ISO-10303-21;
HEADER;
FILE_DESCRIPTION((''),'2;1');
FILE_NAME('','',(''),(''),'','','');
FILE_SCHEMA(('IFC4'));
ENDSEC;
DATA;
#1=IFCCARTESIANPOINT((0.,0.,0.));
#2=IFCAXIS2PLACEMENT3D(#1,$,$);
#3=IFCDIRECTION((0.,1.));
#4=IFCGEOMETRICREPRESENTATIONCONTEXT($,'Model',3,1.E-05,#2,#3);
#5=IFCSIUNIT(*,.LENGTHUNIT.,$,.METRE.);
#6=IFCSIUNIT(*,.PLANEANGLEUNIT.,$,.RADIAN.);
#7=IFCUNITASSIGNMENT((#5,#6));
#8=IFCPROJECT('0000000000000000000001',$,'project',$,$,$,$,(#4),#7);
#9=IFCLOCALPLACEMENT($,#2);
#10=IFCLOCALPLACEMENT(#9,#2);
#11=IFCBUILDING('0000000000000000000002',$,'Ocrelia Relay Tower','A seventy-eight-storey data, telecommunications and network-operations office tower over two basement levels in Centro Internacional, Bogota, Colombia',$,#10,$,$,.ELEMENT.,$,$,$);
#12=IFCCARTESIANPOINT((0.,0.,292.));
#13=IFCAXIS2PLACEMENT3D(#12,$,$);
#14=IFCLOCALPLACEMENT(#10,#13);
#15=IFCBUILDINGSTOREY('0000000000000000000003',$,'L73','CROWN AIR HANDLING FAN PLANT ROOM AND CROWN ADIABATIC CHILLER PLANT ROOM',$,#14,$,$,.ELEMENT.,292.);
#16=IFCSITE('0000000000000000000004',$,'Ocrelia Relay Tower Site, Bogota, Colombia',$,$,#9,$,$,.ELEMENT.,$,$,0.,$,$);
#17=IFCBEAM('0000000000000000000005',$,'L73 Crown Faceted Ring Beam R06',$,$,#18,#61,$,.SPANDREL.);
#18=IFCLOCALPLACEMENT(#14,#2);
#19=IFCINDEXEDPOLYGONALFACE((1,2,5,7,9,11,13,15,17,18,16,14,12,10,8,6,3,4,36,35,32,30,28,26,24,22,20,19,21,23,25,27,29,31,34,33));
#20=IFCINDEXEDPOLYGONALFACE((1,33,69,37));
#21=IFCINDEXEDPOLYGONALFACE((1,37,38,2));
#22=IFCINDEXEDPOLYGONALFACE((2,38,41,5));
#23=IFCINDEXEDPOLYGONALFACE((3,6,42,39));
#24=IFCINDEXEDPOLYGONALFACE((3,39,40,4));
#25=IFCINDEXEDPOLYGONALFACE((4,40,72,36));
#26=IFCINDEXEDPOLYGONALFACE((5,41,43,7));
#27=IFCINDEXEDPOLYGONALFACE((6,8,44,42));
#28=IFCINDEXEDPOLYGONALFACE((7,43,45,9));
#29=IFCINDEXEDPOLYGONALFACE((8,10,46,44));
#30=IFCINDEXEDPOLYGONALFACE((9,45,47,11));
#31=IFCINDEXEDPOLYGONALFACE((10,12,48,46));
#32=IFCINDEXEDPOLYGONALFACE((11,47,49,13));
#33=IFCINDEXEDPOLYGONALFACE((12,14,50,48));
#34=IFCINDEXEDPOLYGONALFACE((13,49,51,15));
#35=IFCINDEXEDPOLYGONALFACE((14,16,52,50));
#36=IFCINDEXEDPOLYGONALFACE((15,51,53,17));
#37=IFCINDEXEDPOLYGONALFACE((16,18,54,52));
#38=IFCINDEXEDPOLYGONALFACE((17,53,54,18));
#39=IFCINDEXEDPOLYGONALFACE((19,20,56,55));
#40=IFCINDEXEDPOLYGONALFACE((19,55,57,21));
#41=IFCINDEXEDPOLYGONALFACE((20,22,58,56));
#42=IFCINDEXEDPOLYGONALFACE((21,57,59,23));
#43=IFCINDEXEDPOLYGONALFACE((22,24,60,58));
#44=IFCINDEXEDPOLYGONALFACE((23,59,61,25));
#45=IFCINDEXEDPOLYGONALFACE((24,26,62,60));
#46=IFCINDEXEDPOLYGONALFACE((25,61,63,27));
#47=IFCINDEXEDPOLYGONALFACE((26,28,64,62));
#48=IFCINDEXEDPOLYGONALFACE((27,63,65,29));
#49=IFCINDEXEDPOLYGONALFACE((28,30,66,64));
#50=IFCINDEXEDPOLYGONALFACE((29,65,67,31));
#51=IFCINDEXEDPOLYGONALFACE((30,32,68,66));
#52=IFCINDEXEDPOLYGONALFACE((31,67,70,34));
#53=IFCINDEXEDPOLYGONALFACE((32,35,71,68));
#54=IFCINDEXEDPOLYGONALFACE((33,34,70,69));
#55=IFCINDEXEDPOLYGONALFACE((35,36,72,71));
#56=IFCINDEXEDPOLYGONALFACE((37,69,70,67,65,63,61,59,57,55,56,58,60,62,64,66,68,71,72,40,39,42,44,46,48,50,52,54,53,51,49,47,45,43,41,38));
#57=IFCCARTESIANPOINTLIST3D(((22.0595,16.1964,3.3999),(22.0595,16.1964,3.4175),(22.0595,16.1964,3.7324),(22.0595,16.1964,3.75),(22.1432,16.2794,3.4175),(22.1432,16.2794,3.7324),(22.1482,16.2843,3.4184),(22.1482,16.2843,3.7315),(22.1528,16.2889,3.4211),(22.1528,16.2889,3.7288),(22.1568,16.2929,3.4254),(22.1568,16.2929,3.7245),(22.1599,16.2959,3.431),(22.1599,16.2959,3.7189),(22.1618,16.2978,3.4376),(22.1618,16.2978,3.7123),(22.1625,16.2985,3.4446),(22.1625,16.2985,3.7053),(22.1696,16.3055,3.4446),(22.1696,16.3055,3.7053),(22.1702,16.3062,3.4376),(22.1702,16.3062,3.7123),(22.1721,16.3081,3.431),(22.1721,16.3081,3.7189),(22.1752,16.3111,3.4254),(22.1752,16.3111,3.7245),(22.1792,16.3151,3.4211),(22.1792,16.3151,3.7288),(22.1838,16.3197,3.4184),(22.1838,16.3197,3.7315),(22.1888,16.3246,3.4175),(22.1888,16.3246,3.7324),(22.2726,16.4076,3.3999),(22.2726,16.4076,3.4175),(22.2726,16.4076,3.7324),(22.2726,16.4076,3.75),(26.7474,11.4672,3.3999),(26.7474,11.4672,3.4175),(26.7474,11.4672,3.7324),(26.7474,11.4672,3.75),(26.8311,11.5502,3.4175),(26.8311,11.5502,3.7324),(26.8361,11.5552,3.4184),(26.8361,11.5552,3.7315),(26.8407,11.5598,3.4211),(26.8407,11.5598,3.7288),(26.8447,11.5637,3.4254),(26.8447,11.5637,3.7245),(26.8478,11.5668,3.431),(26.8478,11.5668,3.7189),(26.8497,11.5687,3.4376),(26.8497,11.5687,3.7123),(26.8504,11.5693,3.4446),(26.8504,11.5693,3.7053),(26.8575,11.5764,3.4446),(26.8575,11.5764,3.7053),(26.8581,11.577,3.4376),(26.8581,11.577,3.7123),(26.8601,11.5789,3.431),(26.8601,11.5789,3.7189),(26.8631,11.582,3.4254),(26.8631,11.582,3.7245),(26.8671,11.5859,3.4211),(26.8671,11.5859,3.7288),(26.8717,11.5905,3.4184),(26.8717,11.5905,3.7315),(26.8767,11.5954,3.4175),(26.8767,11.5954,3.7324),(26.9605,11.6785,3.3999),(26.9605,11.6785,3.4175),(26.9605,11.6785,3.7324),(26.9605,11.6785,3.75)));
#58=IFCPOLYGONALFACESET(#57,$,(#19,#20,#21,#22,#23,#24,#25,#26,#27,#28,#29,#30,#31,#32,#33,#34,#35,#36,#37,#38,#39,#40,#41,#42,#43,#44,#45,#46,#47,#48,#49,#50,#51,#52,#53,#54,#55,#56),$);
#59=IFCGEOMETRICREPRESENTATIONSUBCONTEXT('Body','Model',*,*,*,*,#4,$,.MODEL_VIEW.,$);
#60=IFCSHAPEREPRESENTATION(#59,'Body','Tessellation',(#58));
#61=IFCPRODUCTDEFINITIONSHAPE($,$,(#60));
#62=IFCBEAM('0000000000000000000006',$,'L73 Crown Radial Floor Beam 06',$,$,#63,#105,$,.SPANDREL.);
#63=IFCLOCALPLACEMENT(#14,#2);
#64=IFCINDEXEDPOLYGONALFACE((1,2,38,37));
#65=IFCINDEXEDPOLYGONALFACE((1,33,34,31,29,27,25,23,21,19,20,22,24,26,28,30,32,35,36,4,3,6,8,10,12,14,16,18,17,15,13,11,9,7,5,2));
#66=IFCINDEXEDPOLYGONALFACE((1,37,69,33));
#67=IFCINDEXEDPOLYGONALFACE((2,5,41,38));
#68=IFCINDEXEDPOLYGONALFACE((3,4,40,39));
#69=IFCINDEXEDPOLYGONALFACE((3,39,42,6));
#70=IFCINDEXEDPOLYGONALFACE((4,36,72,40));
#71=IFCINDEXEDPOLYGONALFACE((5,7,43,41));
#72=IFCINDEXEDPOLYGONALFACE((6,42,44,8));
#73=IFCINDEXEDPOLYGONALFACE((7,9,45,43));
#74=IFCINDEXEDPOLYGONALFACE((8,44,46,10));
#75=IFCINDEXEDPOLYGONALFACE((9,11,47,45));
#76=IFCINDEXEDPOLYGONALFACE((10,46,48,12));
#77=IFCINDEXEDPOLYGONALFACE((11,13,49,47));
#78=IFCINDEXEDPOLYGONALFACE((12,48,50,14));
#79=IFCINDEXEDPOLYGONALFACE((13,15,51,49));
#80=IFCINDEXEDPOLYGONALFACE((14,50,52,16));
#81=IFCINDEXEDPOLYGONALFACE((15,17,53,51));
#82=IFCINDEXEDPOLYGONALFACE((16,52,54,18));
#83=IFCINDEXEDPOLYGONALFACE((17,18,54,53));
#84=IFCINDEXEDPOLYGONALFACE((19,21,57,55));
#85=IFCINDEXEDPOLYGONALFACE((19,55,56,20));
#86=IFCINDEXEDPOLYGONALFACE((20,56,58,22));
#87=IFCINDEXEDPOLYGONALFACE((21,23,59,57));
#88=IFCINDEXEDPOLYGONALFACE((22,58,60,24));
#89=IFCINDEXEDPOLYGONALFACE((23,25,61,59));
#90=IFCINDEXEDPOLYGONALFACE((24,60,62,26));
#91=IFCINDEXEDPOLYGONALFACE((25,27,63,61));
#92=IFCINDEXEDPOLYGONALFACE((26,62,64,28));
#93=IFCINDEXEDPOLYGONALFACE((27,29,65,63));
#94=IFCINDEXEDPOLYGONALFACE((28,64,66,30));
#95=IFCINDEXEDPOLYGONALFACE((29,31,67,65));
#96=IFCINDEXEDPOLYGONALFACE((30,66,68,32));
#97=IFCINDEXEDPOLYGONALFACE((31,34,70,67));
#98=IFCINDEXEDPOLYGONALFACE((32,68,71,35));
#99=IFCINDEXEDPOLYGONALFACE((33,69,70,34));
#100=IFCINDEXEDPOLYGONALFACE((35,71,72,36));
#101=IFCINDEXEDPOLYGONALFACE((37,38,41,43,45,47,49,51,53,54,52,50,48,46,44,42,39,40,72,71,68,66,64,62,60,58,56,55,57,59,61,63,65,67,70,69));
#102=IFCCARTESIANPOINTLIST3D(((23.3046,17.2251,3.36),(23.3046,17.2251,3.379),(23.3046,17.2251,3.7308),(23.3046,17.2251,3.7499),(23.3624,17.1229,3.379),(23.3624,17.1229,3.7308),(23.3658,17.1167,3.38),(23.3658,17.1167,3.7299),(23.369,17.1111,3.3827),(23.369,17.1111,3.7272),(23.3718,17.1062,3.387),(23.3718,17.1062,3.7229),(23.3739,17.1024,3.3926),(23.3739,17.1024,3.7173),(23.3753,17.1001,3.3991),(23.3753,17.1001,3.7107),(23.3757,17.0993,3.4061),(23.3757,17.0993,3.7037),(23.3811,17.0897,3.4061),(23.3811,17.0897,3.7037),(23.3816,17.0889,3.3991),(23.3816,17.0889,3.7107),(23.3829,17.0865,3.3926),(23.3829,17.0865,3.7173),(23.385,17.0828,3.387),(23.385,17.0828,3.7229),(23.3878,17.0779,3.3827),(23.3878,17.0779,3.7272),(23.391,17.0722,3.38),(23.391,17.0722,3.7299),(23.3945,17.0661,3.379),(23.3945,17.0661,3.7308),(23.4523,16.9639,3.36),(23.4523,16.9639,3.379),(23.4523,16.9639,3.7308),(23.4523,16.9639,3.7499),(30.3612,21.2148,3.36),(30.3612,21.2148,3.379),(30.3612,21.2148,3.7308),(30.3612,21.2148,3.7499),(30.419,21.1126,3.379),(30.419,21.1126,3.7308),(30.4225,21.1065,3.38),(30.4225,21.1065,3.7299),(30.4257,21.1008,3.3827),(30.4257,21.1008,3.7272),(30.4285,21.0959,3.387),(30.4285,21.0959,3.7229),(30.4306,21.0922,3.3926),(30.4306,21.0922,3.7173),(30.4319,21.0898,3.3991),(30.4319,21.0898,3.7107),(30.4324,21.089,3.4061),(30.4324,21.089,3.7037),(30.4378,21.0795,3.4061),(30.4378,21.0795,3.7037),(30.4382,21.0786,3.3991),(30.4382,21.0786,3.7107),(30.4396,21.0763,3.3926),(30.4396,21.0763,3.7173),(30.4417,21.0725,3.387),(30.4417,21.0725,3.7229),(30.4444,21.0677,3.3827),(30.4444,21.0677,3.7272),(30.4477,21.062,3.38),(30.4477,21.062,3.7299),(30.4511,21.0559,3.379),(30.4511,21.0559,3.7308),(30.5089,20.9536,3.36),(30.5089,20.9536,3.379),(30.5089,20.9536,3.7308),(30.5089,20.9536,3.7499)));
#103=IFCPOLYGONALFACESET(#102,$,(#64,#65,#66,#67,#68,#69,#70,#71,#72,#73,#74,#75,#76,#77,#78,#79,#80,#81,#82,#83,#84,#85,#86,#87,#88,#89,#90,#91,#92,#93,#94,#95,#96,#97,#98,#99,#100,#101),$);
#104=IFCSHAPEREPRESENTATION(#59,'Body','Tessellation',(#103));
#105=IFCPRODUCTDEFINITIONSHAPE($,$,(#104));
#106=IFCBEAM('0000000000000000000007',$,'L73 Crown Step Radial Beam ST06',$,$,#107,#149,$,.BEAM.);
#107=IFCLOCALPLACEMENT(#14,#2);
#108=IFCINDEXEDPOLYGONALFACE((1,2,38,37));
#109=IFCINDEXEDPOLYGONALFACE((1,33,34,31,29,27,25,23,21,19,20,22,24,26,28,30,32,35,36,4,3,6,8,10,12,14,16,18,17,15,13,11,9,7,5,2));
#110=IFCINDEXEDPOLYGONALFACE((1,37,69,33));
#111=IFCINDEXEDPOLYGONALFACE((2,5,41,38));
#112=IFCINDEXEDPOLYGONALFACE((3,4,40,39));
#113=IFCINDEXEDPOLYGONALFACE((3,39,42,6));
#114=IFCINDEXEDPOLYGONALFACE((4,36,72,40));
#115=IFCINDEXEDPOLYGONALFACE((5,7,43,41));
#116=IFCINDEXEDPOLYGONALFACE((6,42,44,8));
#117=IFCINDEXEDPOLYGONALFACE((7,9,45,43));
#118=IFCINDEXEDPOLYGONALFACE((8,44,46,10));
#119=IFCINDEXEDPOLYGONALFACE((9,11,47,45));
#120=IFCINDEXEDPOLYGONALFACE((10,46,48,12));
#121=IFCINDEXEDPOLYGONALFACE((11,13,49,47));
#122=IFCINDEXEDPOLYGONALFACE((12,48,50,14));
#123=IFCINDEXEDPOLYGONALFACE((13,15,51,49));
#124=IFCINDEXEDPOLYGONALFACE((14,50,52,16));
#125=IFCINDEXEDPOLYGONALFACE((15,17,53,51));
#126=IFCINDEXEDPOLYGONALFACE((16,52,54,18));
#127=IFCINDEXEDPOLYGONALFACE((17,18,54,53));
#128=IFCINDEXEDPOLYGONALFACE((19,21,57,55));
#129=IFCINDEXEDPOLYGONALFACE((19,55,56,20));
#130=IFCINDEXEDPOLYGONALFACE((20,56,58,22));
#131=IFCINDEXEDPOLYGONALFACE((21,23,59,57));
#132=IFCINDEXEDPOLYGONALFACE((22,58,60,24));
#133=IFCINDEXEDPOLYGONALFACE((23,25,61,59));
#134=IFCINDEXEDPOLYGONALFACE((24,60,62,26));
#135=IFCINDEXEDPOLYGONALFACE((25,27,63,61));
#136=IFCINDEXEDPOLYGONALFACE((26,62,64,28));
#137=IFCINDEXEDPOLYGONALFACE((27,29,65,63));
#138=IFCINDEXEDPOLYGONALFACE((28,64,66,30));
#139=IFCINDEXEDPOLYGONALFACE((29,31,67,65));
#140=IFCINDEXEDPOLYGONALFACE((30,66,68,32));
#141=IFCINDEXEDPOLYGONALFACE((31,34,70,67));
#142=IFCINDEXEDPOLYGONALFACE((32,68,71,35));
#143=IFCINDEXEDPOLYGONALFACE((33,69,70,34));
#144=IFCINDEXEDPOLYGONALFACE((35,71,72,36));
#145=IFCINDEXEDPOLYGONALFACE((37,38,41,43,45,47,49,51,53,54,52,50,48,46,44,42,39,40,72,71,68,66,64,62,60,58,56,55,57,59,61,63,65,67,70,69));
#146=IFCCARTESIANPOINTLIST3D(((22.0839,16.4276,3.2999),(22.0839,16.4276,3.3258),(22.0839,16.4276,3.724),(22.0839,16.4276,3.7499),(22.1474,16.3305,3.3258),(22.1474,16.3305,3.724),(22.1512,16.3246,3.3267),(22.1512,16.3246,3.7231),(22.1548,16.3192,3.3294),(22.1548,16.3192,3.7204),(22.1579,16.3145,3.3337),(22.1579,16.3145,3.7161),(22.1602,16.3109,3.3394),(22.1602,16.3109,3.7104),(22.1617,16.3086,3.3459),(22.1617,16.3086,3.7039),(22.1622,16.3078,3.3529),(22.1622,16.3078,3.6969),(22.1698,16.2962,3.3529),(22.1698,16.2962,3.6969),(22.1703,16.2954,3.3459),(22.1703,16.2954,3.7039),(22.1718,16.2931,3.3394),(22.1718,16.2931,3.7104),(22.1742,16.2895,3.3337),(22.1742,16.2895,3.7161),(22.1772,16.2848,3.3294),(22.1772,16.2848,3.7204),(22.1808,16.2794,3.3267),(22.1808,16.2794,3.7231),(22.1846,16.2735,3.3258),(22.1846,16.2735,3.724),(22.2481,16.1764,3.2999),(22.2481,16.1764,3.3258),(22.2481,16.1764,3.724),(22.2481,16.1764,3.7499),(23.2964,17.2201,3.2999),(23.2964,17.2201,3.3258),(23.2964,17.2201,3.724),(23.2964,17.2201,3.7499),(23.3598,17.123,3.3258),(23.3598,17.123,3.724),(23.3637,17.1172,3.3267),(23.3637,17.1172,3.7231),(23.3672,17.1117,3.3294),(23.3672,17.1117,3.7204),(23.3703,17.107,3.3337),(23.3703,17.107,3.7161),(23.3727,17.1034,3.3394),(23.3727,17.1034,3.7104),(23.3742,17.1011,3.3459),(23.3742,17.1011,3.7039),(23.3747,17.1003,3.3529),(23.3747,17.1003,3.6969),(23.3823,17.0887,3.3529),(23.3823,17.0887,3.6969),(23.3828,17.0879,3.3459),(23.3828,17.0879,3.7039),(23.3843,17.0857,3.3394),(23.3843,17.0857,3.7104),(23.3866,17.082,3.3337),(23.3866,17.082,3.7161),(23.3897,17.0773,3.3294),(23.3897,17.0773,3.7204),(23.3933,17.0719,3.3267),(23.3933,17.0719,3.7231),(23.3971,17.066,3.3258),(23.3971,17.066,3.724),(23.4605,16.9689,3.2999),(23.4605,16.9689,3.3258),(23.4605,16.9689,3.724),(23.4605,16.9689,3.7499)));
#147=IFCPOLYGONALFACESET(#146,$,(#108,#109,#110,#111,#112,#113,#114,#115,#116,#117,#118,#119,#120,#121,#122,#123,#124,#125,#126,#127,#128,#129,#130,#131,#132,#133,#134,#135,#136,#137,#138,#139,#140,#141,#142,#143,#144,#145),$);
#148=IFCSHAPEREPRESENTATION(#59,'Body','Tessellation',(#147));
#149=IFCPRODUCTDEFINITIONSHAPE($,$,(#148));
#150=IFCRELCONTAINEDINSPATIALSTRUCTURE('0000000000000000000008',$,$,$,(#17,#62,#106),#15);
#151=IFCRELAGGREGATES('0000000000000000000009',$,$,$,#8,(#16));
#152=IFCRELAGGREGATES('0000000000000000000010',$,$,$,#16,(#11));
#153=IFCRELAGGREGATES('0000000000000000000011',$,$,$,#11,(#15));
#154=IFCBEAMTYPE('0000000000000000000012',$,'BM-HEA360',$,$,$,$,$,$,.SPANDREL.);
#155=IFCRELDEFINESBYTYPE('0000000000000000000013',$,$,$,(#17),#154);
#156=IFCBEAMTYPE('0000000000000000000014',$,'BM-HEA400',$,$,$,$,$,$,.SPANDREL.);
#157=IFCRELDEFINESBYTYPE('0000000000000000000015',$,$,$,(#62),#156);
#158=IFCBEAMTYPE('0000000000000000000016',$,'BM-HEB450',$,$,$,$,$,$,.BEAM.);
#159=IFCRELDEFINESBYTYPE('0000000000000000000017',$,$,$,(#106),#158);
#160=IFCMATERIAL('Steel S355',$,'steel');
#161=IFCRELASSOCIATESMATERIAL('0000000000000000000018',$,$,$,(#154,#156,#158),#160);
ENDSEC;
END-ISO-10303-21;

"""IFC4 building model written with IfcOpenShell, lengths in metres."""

from ifc_helpers import new_model, si_unit, direction, frame, origin, origin_2d, place, context, subcontext, project, spatial, i_section, extrude, material, material_profile, profile_set, type_object, element, save


model = new_model("IFC4")

# Units and contexts
model_context = context("Model", 3, precision=1e-05, world=origin(), true_north=direction((0.0, 1.0)))
body_context = subcontext(model_context, "Body", "Model", "MODEL_VIEW")
ifc_project = project(units=[si_unit("LENGTHUNIT", "METRE"), si_unit("PLANEANGLEUNIT", "RADIAN")], contexts=[model_context])

# Site, building, storey
site_placement = place(None, origin())
site = spatial("IfcSite", under=ifc_project, at=site_placement, Name="Ocrelia Relay Tower Site, Bogota, Colombia", CompositionType="ELEMENT", RefElevation=0.0)
building_placement = place(site_placement, origin())
building = spatial("IfcBuilding", under=site, at=building_placement, Name="Ocrelia Relay Tower", Description="A seventy-eight-storey data, telecommunications and network-operations office tower over two basement levels in Centro Internacional, Bogota, Colombia", CompositionType="ELEMENT")
storey_placement = place(building_placement, frame((0.0, 0.0, 292.0)))
storey = spatial("IfcBuildingStorey", under=building, at=storey_placement, Name="L73", Description="CROWN AIR HANDLING FAN PLANT ROOM AND CROWN ADIABATIC CHILLER PLANT ROOM", CompositionType="ELEMENT", Elevation=292.0)

# Beams
ifc_material_1 = material(Name="Steel S355", Category="steel")
ifc_material_profile_1 = material_profile(ifc_material_1, i_section(OverallWidth=0.3, OverallDepth=0.3501, WebThickness=0.01, FlangeThickness=0.0176, FilletRadius=0.0271, at=origin_2d()), Name="HEA 360")
ifc_profile_set_1 = profile_set([ifc_material_profile_1], Name="Steel S355")
beam_type_1 = type_object("IfcBeamType", Name="BM-HEA360", PredefinedType="SPANDREL", material=ifc_profile_set_1)
beam_1_placement = place(storey_placement, frame((22.166, 16.302, 3.575), z_axis=(0.704002, -0.710198, 0.0), x_axis=(0.710198, 0.704002, 0.0)))
element("IfcBeam", 1, at=beam_1_placement, inside=storey, type_object=beam_type_1, Name="L73 Crown Faceted Ring Beam R06", PredefinedType="SPANDREL", context=body_context, shape_type="SweptSolid", body=[
    extrude(i_section(OverallWidth=0.3, OverallDepth=0.3501, WebThickness=0.01, FlangeThickness=0.0176, FilletRadius=0.0271, at=origin_2d()), origin(), (0.0, 0.0, 1.0), 6.6589),
])
ifc_material_profile_2 = material_profile(ifc_material_1, i_section(OverallWidth=0.3, OverallDepth=0.3899, WebThickness=0.011, FlangeThickness=0.019, FilletRadius=0.0271, at=origin_2d()), Name="HEA 400")
ifc_profile_set_2 = profile_set([ifc_material_profile_2], Name="Steel S355")
beam_type_2 = type_object("IfcBeamType", Name="BM-HEA400", PredefinedType="SPANDREL", material=ifc_profile_set_2)
beam_2_placement = place(storey_placement, frame((23.3784, 17.0945, 3.5549), z_axis=(0.870499, 0.49217, 0.0), x_axis=(-0.49217, 0.870499, 0.0)))
element("IfcBeam", 2, at=beam_2_placement, inside=storey, type_object=beam_type_2, Name="L73 Crown Radial Floor Beam 06", PredefinedType="SPANDREL", context=body_context, shape_type="SweptSolid", body=[
    extrude(i_section(OverallWidth=0.3, OverallDepth=0.3899, WebThickness=0.011, FlangeThickness=0.019, FilletRadius=0.0271, at=origin_2d()), origin(), (0.0, 0.0, 1.0), 8.1064),
])
ifc_material_profile_3 = material_profile(ifc_material_1, i_section(OverallWidth=0.3, OverallDepth=0.45, WebThickness=0.0139, FlangeThickness=0.0259, FilletRadius=0.0271, at=origin_2d()), Name="HEB 450")
ifc_profile_set_3 = profile_set([ifc_material_profile_3], Name="Steel S355")
beam_type_3 = type_object("IfcBeamType", Name="BM-HEB450", PredefinedType="BEAM", material=ifc_profile_set_3)
beam_3_placement = place(storey_placement, frame((22.166, 16.302, 3.5249), z_axis=(0.837047, 0.547131, 0.0), x_axis=(-0.547131, 0.837047, 0.0)))
element("IfcBeam", 3, at=beam_3_placement, inside=storey, type_object=beam_type_3, Name="L73 Crown Step Radial Beam ST06", PredefinedType="BEAM", context=body_context, shape_type="SweptSolid", body=[
    extrude(i_section(OverallWidth=0.3, OverallDepth=0.45, WebThickness=0.0139, FlangeThickness=0.0259, FilletRadius=0.0271, at=origin_2d()), origin(), (0.0, 0.0, 1.0), 1.4485),
])

save(model, "model.ifc")
